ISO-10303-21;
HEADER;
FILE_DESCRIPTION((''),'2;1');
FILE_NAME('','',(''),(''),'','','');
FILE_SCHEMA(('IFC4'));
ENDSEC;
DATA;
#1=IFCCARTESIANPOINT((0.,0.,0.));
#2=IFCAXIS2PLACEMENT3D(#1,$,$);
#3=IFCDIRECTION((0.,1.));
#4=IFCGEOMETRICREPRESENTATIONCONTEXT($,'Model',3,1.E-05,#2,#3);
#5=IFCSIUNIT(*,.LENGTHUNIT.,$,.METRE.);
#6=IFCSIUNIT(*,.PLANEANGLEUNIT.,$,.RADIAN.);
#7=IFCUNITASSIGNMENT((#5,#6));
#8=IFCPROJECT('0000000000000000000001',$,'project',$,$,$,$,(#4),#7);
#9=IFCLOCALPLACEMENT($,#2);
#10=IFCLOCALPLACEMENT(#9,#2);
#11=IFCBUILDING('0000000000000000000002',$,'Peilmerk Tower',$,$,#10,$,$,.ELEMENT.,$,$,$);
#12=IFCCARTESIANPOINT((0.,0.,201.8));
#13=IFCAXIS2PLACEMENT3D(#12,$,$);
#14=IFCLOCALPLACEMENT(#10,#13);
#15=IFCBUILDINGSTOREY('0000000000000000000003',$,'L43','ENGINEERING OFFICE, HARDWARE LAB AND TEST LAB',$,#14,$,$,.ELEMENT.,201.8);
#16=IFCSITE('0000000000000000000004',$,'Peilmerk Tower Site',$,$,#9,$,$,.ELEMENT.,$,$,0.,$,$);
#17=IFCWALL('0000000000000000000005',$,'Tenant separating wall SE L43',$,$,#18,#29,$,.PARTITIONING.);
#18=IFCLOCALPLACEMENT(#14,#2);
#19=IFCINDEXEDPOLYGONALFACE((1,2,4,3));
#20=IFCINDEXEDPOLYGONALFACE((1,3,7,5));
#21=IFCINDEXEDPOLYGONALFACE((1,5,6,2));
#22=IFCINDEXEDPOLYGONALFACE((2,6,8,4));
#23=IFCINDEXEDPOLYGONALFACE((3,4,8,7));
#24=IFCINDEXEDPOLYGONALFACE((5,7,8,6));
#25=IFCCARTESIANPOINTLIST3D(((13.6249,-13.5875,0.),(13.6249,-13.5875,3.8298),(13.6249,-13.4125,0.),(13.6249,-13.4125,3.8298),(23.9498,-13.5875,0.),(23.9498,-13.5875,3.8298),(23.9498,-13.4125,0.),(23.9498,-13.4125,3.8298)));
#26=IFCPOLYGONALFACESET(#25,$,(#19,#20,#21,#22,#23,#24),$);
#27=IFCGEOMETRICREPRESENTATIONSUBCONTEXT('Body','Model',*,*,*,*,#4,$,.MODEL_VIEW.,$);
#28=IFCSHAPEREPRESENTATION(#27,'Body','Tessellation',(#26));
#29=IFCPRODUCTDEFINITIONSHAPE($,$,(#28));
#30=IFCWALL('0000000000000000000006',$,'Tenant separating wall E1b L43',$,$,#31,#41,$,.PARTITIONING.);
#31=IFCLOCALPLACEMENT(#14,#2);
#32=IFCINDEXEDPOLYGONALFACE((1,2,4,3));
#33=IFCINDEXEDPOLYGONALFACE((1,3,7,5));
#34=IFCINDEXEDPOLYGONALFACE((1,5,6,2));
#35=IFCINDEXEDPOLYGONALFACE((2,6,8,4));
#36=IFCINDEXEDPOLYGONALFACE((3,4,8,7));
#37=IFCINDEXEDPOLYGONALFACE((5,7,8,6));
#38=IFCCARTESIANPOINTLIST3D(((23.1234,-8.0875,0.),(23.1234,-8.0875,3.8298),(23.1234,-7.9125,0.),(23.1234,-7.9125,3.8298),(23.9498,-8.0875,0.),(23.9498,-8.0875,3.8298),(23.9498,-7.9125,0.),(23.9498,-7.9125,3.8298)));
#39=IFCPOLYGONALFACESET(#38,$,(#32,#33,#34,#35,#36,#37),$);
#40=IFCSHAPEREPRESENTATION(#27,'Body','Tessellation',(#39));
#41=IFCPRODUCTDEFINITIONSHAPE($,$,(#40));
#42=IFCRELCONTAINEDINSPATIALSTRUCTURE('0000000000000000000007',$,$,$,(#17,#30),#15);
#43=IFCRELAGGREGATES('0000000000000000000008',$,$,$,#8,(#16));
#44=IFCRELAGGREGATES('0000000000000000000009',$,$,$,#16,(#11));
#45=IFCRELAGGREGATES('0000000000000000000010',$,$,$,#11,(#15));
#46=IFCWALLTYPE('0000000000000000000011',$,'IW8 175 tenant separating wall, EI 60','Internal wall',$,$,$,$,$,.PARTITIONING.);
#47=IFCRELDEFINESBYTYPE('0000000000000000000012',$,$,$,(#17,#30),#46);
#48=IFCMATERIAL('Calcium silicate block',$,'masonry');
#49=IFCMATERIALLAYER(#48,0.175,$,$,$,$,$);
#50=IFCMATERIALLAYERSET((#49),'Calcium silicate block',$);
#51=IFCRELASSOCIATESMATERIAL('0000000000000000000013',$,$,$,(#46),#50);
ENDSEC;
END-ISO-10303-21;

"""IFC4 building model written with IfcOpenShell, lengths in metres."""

from ifc_helpers import new_model, si_unit, direction, frame, frame_2d, origin, place, context, subcontext, project, spatial, rectangle, extrude, material, layer, layer_set, type_object, element, save


model = new_model("IFC4")

# Units and contexts
model_context = context("Model", 3, precision=1e-05, world=origin(), true_north=direction((0.0, 1.0)))
body_context = subcontext(model_context, "Body", "Model", "MODEL_VIEW")
ifc_project = project(units=[si_unit("LENGTHUNIT", "METRE"), si_unit("PLANEANGLEUNIT", "RADIAN")], contexts=[model_context])

# Site, building, storey
site_placement = place(None, origin())
site = spatial("IfcSite", under=ifc_project, at=site_placement, Name="Peilmerk Tower Site", CompositionType="ELEMENT", RefElevation=0.0)
building_placement = place(site_placement, origin())
building = spatial("IfcBuilding", under=site, at=building_placement, Name="Peilmerk Tower", CompositionType="ELEMENT")
storey_placement = place(building_placement, frame((0.0, 0.0, 201.8)))
storey = spatial("IfcBuildingStorey", under=building, at=storey_placement, Name="L43", Description="ENGINEERING OFFICE, HARDWARE LAB AND TEST LAB", CompositionType="ELEMENT", Elevation=201.8)

# Walls
ifc_material_1 = material(Name="Calcium silicate block", Category="masonry")
ifc_layer_1 = layer(ifc_material_1, 0.175)
ifc_layer_set_1 = layer_set([ifc_layer_1], Name="Calcium silicate block")
wall_type_1 = type_object("IfcWallType", Name="IW8 175 tenant separating wall, EI 60", Description="Internal wall", PredefinedType="PARTITIONING", material=ifc_layer_set_1)
wall_1_placement = place(storey_placement, frame((23.95, -13.5, 0.0), z_axis=(0.0, 0.0, 1.0), x_axis=(-1.0, 0.0, 0.0)))
element("IfcWall", 1, at=wall_1_placement, inside=storey, type_object=wall_type_1, Name="Tenant separating wall SE L43", PredefinedType="PARTITIONING", context=body_context, shape_type="SweptSolid", body=[
    extrude(rectangle(XDim=10.325, YDim=0.175, at=frame_2d((5.1626, 0.0))), origin(), (0.0, 0.0, 1.0), 3.8298),
])
wall_2_placement = place(storey_placement, frame((23.1235, -8.0, 0.0), z_axis=(0.0, 0.0, 1.0), x_axis=(1.0, 0.0, 0.0)))
element("IfcWall", 2, at=wall_2_placement, inside=storey, type_object=wall_type_1, Name="Tenant separating wall E1b L43", PredefinedType="PARTITIONING", context=body_context, shape_type="SweptSolid", body=[
    extrude(rectangle(XDim=0.8264, YDim=0.175, at=frame_2d((0.4131, 0.0))), origin(), (0.0, 0.0, 1.0), 3.8298),
])

save(model, "model.ifc")
